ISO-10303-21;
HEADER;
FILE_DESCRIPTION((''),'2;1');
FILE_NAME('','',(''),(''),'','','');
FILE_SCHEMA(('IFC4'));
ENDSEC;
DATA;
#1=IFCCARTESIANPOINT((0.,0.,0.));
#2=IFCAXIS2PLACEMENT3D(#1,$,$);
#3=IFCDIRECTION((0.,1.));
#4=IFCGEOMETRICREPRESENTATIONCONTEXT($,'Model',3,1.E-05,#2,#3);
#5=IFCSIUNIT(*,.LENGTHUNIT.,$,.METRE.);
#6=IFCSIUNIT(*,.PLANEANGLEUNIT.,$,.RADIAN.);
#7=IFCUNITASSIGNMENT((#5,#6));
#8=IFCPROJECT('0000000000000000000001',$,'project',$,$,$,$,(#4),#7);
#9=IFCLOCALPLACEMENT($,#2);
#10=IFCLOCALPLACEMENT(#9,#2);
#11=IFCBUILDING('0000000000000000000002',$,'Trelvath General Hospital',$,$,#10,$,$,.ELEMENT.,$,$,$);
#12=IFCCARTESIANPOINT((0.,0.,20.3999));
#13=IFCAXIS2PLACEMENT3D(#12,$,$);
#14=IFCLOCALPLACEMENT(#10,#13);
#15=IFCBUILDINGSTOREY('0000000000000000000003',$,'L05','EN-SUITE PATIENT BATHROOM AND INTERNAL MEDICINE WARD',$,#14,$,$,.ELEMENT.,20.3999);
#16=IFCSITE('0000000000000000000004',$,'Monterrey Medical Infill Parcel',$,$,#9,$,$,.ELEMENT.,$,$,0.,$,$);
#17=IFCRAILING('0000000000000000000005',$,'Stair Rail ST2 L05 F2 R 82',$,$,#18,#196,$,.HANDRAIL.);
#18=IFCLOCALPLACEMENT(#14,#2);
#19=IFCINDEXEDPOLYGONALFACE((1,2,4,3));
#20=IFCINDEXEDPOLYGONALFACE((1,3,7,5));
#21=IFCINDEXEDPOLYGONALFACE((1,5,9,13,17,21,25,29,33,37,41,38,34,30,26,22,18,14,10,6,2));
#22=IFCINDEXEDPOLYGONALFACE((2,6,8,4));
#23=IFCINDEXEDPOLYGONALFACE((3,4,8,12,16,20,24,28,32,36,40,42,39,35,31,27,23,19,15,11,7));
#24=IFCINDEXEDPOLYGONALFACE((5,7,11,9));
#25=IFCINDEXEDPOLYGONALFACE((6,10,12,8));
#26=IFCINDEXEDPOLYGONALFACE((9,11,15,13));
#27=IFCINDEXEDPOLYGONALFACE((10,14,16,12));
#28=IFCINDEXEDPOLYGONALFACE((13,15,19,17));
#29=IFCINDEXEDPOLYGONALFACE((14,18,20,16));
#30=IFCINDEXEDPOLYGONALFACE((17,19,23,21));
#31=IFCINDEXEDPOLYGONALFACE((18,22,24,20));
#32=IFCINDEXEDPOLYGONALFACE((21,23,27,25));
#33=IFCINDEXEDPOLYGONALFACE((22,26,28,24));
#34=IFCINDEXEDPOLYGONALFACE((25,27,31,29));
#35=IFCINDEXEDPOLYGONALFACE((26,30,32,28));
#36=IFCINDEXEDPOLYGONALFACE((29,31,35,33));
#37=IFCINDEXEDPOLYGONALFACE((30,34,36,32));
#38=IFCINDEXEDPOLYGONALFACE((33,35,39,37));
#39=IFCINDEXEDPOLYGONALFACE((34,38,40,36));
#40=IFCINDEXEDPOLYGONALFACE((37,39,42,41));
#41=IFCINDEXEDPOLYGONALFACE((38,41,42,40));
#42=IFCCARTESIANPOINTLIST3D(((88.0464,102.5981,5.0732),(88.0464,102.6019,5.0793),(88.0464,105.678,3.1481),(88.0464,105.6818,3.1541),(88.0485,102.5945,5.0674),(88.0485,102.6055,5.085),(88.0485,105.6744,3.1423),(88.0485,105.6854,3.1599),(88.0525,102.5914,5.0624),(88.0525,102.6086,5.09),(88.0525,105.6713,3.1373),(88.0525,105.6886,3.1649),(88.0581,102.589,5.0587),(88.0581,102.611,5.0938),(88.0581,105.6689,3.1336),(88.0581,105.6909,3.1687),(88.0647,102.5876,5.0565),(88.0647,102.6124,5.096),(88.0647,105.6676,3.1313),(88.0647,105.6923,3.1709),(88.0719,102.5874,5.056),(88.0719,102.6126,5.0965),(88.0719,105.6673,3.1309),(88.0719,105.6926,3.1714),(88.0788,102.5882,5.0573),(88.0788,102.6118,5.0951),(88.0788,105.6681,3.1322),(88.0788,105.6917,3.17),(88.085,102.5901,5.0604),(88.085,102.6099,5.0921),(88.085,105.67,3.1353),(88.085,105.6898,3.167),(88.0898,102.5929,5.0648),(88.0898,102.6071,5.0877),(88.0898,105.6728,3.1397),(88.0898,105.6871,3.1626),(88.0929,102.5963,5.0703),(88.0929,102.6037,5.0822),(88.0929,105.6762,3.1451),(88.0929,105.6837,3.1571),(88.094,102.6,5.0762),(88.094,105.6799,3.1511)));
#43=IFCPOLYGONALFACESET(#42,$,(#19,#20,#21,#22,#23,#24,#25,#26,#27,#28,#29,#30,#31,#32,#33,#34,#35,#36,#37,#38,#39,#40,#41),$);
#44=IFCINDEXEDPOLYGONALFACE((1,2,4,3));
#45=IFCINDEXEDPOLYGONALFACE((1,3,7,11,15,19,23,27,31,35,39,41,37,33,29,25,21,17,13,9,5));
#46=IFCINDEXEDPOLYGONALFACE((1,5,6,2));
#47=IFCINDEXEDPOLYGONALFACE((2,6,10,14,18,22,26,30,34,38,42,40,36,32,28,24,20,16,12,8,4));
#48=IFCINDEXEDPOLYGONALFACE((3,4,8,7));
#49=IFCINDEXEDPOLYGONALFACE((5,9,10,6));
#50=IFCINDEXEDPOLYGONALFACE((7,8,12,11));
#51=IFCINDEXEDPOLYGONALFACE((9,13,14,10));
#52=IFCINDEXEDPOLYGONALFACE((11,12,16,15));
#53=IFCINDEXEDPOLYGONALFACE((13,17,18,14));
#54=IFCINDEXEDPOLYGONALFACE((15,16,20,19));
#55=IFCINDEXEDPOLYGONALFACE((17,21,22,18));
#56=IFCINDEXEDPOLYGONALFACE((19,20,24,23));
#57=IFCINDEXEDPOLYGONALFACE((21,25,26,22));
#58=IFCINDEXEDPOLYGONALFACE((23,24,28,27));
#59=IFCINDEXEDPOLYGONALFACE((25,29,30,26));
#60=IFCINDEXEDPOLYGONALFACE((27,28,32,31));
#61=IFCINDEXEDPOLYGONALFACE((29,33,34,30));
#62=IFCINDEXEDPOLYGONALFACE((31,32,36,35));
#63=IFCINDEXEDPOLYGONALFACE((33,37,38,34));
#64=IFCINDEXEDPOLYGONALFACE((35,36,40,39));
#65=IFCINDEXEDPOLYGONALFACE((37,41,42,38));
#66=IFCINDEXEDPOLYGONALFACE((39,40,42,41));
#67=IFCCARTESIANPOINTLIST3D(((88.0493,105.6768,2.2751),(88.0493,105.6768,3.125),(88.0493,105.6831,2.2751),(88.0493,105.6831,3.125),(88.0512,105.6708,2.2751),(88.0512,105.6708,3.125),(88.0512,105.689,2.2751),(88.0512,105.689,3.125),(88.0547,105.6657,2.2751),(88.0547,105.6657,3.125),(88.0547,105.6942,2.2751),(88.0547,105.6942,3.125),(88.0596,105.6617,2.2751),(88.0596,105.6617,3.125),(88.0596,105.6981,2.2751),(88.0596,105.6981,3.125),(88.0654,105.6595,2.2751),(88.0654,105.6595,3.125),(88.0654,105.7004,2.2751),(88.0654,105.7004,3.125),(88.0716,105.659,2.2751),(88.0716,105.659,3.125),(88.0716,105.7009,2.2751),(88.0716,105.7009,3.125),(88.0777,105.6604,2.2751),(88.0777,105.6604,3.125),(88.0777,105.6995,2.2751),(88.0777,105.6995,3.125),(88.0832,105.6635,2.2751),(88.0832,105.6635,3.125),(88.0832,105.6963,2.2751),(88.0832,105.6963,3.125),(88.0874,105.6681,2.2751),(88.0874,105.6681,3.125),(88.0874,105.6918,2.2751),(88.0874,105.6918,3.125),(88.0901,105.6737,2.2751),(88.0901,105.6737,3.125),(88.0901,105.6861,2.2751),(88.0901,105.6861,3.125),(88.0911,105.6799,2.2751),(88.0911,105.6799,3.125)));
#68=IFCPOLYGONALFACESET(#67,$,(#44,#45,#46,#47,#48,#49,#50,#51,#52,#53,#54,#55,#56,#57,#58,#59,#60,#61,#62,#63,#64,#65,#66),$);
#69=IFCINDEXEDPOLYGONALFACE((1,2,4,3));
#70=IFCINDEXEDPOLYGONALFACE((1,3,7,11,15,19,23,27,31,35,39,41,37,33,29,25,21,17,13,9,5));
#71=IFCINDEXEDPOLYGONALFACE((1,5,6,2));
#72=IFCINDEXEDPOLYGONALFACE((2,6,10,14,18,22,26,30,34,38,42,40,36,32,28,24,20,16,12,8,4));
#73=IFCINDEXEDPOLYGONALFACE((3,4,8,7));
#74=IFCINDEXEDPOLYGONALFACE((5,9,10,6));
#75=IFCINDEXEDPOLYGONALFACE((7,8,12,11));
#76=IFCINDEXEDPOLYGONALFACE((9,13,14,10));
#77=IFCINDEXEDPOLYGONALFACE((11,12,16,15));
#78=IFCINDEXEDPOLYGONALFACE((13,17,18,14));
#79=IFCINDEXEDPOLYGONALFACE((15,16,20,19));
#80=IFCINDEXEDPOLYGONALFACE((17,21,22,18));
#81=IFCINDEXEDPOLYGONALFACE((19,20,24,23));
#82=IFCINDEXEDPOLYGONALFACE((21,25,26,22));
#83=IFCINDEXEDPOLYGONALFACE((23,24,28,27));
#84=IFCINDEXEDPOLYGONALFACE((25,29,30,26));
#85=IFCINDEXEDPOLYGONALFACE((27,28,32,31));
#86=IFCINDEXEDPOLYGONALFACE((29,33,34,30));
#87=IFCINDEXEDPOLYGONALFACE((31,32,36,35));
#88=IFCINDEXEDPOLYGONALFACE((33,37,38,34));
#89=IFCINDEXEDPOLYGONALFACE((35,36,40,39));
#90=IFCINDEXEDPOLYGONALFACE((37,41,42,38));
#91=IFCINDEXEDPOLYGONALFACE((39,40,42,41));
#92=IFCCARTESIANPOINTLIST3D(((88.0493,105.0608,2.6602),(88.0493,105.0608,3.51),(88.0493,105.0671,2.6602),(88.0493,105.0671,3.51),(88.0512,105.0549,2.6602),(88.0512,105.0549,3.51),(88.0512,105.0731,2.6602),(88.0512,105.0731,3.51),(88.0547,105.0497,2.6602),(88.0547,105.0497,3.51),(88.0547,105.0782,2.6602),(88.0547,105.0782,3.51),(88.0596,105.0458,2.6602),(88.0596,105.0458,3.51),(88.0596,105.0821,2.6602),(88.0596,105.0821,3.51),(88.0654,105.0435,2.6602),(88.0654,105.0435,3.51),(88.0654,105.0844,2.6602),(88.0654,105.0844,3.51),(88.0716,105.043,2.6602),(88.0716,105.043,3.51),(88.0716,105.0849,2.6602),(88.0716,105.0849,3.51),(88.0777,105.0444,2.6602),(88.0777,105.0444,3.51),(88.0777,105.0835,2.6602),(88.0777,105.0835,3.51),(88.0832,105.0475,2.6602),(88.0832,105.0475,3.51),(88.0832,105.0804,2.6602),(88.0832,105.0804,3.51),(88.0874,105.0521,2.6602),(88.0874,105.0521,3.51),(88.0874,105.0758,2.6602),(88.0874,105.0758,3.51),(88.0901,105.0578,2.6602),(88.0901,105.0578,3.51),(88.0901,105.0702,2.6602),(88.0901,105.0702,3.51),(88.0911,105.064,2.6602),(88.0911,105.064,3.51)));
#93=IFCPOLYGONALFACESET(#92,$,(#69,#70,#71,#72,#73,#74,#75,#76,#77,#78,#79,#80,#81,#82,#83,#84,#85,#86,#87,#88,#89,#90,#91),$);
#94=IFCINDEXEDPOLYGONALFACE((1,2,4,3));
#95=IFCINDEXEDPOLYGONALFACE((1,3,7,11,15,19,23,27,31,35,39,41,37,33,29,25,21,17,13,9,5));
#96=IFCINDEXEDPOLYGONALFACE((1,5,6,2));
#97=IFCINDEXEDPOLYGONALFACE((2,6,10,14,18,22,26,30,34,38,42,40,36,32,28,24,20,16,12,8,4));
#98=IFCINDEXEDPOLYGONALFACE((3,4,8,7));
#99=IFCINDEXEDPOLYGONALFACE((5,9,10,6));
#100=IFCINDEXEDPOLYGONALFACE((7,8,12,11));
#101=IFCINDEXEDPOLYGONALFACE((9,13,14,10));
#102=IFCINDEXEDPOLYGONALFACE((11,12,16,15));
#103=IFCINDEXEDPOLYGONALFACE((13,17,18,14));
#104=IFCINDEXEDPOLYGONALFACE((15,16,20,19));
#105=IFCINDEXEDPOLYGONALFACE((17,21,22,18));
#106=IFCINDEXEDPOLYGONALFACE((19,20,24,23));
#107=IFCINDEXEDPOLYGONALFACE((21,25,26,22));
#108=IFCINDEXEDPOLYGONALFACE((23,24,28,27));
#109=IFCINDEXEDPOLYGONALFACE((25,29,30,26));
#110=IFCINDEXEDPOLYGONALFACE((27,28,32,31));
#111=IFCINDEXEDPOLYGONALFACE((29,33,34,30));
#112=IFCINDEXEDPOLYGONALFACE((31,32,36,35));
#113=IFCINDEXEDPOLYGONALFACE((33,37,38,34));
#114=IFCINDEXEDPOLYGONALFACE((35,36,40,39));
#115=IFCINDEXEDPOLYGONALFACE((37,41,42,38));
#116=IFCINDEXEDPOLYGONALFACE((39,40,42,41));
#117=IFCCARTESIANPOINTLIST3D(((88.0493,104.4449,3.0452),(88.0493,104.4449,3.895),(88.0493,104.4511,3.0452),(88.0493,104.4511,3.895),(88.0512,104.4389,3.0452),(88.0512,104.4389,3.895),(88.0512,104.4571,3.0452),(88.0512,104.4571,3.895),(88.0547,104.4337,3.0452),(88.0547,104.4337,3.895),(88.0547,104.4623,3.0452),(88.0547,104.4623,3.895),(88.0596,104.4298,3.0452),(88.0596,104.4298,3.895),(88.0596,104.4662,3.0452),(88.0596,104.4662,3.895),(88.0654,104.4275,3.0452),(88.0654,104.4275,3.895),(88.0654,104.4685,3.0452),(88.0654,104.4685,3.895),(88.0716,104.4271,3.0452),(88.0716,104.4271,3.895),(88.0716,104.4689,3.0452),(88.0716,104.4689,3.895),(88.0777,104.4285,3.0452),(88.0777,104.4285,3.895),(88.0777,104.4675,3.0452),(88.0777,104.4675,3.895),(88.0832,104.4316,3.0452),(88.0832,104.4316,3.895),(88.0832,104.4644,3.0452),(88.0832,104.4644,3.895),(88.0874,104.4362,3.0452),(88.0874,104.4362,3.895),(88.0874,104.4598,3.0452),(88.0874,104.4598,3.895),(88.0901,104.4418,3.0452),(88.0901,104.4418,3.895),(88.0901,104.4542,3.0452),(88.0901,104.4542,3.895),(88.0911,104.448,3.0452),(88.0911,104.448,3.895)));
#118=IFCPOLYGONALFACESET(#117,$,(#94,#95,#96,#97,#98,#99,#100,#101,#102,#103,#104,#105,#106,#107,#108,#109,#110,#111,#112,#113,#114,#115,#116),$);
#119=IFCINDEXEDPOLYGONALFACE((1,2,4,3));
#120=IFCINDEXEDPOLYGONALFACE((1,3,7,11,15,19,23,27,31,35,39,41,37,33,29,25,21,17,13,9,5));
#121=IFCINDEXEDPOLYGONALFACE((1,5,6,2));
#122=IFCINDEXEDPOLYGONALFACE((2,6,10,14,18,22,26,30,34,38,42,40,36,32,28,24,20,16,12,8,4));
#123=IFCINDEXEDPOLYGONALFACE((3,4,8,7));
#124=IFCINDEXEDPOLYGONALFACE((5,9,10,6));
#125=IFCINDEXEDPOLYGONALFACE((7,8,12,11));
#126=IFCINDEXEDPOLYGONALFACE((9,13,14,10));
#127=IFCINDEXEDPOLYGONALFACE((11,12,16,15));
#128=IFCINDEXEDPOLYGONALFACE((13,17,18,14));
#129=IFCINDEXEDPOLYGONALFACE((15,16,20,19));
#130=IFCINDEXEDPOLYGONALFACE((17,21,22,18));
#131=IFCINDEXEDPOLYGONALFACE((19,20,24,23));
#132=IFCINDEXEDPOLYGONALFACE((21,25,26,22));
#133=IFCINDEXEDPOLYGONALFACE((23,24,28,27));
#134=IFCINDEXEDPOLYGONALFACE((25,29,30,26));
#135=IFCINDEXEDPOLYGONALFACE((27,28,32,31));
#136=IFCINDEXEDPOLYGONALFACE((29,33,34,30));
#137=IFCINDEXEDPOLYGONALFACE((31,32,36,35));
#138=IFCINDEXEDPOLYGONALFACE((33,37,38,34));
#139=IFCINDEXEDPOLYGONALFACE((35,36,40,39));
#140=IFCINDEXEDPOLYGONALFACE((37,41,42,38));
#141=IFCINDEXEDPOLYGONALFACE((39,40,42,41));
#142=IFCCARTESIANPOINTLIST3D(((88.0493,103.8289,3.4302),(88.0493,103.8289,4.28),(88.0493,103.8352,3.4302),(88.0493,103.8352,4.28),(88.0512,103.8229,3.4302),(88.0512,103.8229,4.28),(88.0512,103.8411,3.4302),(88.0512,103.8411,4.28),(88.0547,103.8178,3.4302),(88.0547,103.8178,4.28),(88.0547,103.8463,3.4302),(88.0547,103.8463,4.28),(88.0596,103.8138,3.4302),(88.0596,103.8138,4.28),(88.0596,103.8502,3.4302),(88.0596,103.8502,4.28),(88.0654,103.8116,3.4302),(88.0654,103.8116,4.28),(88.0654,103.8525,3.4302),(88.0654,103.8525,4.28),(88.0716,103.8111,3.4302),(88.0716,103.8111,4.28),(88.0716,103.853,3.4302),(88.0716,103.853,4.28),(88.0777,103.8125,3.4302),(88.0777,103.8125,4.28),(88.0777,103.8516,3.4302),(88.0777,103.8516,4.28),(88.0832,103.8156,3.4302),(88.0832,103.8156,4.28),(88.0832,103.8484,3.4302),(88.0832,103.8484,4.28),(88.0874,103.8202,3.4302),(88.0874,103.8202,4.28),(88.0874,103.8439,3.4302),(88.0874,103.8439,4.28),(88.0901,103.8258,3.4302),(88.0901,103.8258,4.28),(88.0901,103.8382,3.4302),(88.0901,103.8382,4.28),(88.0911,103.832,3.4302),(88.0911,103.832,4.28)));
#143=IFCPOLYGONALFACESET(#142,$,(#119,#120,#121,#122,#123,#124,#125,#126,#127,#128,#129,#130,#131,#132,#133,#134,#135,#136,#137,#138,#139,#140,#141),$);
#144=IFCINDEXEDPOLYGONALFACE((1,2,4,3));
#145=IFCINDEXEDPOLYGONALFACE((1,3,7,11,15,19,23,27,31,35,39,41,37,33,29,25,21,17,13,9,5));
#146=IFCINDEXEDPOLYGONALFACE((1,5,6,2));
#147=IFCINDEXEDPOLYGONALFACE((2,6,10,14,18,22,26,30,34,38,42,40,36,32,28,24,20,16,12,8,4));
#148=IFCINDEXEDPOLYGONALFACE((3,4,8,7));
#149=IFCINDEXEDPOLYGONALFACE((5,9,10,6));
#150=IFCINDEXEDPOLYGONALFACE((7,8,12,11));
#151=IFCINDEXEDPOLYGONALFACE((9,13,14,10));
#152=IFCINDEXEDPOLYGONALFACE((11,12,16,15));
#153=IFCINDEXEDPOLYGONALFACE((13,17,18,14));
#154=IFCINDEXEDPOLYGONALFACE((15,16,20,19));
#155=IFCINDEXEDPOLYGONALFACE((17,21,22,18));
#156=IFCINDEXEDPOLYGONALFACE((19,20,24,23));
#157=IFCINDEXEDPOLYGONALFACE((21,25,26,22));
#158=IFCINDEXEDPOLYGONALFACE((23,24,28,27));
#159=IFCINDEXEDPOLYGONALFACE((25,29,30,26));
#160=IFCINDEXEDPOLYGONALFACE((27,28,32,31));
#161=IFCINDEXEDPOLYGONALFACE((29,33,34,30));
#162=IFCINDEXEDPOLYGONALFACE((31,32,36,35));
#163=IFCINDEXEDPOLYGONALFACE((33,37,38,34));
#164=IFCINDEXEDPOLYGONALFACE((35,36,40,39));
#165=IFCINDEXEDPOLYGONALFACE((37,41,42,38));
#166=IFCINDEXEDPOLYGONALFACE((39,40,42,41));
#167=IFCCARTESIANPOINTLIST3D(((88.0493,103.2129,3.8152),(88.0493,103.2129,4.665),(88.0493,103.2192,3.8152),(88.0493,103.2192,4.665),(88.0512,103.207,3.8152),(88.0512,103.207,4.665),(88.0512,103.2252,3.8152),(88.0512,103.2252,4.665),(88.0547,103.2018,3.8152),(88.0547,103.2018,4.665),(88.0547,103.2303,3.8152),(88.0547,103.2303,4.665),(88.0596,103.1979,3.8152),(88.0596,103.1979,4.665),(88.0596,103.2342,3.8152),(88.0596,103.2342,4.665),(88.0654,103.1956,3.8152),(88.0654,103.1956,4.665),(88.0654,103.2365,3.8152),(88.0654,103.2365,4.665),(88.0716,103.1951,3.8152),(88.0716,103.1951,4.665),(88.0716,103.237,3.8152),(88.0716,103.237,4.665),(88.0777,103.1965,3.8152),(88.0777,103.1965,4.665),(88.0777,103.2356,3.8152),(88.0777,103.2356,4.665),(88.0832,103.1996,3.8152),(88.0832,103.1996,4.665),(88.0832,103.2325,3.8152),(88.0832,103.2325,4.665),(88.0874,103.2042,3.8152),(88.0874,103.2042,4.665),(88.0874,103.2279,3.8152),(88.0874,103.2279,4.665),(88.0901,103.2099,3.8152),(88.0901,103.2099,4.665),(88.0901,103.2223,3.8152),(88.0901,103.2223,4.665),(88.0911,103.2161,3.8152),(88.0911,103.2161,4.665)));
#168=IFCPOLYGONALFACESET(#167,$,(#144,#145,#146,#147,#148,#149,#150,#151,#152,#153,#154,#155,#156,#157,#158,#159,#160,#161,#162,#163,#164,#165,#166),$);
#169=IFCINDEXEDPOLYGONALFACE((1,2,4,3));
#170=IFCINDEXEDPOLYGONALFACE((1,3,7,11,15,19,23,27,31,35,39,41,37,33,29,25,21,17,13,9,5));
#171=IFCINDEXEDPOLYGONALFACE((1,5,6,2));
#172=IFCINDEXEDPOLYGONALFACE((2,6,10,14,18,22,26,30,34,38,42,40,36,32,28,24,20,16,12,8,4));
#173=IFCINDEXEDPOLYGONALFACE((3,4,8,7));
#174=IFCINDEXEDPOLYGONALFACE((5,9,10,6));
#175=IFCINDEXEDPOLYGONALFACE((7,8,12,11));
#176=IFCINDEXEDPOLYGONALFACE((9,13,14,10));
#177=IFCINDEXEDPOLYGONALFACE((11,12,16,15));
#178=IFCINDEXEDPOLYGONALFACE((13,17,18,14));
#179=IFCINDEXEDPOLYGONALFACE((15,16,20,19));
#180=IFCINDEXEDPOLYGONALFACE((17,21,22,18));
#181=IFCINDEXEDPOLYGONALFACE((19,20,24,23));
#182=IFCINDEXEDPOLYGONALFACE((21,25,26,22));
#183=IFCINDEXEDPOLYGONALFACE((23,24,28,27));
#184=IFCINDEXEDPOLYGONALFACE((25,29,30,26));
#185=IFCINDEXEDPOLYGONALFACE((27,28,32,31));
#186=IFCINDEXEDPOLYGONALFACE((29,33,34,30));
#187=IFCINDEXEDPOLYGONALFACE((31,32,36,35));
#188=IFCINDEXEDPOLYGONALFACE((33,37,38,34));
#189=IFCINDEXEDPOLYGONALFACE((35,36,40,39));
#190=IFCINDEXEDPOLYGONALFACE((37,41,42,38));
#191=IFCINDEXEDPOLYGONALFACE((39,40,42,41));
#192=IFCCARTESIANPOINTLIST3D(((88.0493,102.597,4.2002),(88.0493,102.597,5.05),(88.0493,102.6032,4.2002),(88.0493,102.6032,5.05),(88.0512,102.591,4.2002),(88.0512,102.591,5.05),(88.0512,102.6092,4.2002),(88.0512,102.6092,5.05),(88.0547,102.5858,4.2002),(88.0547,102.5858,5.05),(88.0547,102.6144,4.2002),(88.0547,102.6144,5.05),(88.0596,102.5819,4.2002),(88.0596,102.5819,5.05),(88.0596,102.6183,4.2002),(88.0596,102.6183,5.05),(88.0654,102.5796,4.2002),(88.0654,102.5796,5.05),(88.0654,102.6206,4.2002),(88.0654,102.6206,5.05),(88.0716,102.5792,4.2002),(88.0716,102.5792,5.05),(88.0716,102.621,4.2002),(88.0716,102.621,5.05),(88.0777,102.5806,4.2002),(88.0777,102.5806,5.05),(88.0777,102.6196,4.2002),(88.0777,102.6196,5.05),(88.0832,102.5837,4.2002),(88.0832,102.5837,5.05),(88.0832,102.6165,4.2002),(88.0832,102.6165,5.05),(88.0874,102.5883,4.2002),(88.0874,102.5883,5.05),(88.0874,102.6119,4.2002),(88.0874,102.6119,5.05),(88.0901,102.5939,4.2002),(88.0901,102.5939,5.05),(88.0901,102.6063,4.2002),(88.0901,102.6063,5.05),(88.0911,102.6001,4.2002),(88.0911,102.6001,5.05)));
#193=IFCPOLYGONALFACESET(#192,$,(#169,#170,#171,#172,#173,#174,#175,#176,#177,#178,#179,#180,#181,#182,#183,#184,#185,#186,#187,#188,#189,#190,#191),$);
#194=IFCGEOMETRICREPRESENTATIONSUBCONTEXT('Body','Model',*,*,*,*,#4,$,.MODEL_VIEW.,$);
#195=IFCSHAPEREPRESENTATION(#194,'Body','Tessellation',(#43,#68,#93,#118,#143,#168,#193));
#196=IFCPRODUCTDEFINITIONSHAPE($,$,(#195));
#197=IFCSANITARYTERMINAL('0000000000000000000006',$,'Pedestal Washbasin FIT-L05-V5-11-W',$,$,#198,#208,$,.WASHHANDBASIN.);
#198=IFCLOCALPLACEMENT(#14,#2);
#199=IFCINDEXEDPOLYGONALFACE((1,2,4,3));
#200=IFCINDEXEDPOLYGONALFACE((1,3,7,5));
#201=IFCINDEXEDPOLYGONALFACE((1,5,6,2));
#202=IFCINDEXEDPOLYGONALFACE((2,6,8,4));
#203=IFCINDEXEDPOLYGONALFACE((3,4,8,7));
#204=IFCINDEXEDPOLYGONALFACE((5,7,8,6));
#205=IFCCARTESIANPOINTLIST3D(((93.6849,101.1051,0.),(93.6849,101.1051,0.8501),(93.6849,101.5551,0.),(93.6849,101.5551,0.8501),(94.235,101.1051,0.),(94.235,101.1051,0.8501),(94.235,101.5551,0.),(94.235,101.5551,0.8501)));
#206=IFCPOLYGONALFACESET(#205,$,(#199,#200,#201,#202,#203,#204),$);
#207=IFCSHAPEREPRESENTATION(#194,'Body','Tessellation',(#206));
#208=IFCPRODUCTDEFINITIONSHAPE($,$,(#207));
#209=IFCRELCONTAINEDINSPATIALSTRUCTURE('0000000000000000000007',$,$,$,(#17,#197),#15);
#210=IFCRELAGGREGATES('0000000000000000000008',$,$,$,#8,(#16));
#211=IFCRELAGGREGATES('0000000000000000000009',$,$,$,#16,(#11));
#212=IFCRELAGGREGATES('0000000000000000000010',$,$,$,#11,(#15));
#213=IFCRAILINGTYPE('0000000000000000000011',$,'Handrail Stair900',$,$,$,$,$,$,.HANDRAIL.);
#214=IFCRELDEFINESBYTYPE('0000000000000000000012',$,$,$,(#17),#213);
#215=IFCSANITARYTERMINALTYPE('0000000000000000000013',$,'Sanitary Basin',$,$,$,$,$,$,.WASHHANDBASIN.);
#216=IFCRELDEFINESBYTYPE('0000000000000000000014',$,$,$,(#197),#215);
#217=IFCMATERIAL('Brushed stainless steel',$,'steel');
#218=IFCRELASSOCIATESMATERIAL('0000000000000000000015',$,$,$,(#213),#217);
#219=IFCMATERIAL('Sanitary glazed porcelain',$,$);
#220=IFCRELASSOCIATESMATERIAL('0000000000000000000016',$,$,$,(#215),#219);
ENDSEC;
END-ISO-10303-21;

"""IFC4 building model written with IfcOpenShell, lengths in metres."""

from ifc_helpers import new_model, si_unit, direction, frame, origin, origin_2d, place, context, subcontext, project, spatial, rectangle, circle, extrude, material, type_object, element, save


model = new_model("IFC4")

# Units and contexts
model_context = context("Model", 3, precision=1e-05, world=origin(), true_north=direction((0.0, 1.0)))
body_context = subcontext(model_context, "Body", "Model", "MODEL_VIEW")
ifc_project = project(units=[si_unit("LENGTHUNIT", "METRE"), si_unit("PLANEANGLEUNIT", "RADIAN")], contexts=[model_context])

# Site, building, storey
site_placement = place(None, origin())
site = spatial("IfcSite", under=ifc_project, at=site_placement, Name="Monterrey Medical Infill Parcel", CompositionType="ELEMENT", RefElevation=0.0)
building_placement = place(site_placement, origin())
building = spatial("IfcBuilding", under=site, at=building_placement, Name="Trelvath General Hospital", CompositionType="ELEMENT")
storey_placement = place(building_placement, frame((0.0, 0.0, 20.3999)))
storey = spatial("IfcBuildingStorey", under=building, at=storey_placement, Name="L05", Description="EN-SUITE PATIENT BATHROOM AND INTERNAL MEDICINE WARD", CompositionType="ELEMENT", Elevation=20.3999)

# Railing
ifc_material_1 = material(Name="Brushed stainless steel", Category="steel")
railing_type = type_object("IfcRailingType", Name="Handrail Stair900", PredefinedType="HANDRAIL", material=ifc_material_1)
railing_placement = place(storey_placement, frame((88.0701, 105.6799, 2.2751)))
element("IfcRailing", 1, at=railing_placement, inside=storey, type_object=railing_type, Name="Stair Rail ST2 L05 F2 R 82", PredefinedType="HANDRAIL", context=body_context, shape_type="SweptSolid", body=[
    extrude(circle(Radius=0.0239, at=origin_2d()), frame((0.0, 0.0, 0.876), z_axis=(0.0, -0.847979, 0.530029), x_axis=(1.0, 0.0, 0.0)), (0.0, 0.0, 1.0), 3.6321),
    extrude(circle(Radius=0.021, at=origin_2d()), origin(), (0.0, 0.0, 1.0), 0.8499),
    extrude(circle(Radius=0.021, at=origin_2d()), frame((0.0, -0.616, 0.385)), (0.0, 0.0, 1.0), 0.8499),
    extrude(circle(Radius=0.021, at=origin_2d()), frame((0.0, -1.2319, 0.77)), (0.0, 0.0, 1.0), 0.8499),
    extrude(circle(Radius=0.021, at=origin_2d()), frame((0.0, -1.8479, 1.155)), (0.0, 0.0, 1.0), 0.8499),
    extrude(circle(Radius=0.021, at=origin_2d()), frame((0.0, -2.4639, 1.54)), (0.0, 0.0, 1.0), 0.8499),
    extrude(circle(Radius=0.021, at=origin_2d()), frame((0.0, -3.0798, 1.925)), (0.0, 0.0, 1.0), 0.8499),
])

# Sanitary terminal
ifc_material_2 = material(Name="Sanitary glazed porcelain")
sanitary_terminal_type_1 = type_object("IfcSanitaryTerminalType", Name="Sanitary Basin", PredefinedType="WASHHANDBASIN", material=ifc_material_2)
sanitary_terminal_1_placement = place(storey_placement, frame((93.96, 101.3301, 0.0), z_axis=(0.0, 0.0, 1.0), x_axis=(1.0, 0.0, 0.0)))
element("IfcSanitaryTerminal", 2, at=sanitary_terminal_1_placement, inside=storey, type_object=sanitary_terminal_type_1, Name="Pedestal Washbasin FIT-L05-V5-11-W", PredefinedType="WASHHANDBASIN", context=body_context, shape_type="SweptSolid", body=[
    extrude(rectangle(XDim=0.55, YDim=0.45, at=origin_2d()), origin(), (0.0, 0.0, 1.0), 0.8501),
])

save(model, "model.ifc")
